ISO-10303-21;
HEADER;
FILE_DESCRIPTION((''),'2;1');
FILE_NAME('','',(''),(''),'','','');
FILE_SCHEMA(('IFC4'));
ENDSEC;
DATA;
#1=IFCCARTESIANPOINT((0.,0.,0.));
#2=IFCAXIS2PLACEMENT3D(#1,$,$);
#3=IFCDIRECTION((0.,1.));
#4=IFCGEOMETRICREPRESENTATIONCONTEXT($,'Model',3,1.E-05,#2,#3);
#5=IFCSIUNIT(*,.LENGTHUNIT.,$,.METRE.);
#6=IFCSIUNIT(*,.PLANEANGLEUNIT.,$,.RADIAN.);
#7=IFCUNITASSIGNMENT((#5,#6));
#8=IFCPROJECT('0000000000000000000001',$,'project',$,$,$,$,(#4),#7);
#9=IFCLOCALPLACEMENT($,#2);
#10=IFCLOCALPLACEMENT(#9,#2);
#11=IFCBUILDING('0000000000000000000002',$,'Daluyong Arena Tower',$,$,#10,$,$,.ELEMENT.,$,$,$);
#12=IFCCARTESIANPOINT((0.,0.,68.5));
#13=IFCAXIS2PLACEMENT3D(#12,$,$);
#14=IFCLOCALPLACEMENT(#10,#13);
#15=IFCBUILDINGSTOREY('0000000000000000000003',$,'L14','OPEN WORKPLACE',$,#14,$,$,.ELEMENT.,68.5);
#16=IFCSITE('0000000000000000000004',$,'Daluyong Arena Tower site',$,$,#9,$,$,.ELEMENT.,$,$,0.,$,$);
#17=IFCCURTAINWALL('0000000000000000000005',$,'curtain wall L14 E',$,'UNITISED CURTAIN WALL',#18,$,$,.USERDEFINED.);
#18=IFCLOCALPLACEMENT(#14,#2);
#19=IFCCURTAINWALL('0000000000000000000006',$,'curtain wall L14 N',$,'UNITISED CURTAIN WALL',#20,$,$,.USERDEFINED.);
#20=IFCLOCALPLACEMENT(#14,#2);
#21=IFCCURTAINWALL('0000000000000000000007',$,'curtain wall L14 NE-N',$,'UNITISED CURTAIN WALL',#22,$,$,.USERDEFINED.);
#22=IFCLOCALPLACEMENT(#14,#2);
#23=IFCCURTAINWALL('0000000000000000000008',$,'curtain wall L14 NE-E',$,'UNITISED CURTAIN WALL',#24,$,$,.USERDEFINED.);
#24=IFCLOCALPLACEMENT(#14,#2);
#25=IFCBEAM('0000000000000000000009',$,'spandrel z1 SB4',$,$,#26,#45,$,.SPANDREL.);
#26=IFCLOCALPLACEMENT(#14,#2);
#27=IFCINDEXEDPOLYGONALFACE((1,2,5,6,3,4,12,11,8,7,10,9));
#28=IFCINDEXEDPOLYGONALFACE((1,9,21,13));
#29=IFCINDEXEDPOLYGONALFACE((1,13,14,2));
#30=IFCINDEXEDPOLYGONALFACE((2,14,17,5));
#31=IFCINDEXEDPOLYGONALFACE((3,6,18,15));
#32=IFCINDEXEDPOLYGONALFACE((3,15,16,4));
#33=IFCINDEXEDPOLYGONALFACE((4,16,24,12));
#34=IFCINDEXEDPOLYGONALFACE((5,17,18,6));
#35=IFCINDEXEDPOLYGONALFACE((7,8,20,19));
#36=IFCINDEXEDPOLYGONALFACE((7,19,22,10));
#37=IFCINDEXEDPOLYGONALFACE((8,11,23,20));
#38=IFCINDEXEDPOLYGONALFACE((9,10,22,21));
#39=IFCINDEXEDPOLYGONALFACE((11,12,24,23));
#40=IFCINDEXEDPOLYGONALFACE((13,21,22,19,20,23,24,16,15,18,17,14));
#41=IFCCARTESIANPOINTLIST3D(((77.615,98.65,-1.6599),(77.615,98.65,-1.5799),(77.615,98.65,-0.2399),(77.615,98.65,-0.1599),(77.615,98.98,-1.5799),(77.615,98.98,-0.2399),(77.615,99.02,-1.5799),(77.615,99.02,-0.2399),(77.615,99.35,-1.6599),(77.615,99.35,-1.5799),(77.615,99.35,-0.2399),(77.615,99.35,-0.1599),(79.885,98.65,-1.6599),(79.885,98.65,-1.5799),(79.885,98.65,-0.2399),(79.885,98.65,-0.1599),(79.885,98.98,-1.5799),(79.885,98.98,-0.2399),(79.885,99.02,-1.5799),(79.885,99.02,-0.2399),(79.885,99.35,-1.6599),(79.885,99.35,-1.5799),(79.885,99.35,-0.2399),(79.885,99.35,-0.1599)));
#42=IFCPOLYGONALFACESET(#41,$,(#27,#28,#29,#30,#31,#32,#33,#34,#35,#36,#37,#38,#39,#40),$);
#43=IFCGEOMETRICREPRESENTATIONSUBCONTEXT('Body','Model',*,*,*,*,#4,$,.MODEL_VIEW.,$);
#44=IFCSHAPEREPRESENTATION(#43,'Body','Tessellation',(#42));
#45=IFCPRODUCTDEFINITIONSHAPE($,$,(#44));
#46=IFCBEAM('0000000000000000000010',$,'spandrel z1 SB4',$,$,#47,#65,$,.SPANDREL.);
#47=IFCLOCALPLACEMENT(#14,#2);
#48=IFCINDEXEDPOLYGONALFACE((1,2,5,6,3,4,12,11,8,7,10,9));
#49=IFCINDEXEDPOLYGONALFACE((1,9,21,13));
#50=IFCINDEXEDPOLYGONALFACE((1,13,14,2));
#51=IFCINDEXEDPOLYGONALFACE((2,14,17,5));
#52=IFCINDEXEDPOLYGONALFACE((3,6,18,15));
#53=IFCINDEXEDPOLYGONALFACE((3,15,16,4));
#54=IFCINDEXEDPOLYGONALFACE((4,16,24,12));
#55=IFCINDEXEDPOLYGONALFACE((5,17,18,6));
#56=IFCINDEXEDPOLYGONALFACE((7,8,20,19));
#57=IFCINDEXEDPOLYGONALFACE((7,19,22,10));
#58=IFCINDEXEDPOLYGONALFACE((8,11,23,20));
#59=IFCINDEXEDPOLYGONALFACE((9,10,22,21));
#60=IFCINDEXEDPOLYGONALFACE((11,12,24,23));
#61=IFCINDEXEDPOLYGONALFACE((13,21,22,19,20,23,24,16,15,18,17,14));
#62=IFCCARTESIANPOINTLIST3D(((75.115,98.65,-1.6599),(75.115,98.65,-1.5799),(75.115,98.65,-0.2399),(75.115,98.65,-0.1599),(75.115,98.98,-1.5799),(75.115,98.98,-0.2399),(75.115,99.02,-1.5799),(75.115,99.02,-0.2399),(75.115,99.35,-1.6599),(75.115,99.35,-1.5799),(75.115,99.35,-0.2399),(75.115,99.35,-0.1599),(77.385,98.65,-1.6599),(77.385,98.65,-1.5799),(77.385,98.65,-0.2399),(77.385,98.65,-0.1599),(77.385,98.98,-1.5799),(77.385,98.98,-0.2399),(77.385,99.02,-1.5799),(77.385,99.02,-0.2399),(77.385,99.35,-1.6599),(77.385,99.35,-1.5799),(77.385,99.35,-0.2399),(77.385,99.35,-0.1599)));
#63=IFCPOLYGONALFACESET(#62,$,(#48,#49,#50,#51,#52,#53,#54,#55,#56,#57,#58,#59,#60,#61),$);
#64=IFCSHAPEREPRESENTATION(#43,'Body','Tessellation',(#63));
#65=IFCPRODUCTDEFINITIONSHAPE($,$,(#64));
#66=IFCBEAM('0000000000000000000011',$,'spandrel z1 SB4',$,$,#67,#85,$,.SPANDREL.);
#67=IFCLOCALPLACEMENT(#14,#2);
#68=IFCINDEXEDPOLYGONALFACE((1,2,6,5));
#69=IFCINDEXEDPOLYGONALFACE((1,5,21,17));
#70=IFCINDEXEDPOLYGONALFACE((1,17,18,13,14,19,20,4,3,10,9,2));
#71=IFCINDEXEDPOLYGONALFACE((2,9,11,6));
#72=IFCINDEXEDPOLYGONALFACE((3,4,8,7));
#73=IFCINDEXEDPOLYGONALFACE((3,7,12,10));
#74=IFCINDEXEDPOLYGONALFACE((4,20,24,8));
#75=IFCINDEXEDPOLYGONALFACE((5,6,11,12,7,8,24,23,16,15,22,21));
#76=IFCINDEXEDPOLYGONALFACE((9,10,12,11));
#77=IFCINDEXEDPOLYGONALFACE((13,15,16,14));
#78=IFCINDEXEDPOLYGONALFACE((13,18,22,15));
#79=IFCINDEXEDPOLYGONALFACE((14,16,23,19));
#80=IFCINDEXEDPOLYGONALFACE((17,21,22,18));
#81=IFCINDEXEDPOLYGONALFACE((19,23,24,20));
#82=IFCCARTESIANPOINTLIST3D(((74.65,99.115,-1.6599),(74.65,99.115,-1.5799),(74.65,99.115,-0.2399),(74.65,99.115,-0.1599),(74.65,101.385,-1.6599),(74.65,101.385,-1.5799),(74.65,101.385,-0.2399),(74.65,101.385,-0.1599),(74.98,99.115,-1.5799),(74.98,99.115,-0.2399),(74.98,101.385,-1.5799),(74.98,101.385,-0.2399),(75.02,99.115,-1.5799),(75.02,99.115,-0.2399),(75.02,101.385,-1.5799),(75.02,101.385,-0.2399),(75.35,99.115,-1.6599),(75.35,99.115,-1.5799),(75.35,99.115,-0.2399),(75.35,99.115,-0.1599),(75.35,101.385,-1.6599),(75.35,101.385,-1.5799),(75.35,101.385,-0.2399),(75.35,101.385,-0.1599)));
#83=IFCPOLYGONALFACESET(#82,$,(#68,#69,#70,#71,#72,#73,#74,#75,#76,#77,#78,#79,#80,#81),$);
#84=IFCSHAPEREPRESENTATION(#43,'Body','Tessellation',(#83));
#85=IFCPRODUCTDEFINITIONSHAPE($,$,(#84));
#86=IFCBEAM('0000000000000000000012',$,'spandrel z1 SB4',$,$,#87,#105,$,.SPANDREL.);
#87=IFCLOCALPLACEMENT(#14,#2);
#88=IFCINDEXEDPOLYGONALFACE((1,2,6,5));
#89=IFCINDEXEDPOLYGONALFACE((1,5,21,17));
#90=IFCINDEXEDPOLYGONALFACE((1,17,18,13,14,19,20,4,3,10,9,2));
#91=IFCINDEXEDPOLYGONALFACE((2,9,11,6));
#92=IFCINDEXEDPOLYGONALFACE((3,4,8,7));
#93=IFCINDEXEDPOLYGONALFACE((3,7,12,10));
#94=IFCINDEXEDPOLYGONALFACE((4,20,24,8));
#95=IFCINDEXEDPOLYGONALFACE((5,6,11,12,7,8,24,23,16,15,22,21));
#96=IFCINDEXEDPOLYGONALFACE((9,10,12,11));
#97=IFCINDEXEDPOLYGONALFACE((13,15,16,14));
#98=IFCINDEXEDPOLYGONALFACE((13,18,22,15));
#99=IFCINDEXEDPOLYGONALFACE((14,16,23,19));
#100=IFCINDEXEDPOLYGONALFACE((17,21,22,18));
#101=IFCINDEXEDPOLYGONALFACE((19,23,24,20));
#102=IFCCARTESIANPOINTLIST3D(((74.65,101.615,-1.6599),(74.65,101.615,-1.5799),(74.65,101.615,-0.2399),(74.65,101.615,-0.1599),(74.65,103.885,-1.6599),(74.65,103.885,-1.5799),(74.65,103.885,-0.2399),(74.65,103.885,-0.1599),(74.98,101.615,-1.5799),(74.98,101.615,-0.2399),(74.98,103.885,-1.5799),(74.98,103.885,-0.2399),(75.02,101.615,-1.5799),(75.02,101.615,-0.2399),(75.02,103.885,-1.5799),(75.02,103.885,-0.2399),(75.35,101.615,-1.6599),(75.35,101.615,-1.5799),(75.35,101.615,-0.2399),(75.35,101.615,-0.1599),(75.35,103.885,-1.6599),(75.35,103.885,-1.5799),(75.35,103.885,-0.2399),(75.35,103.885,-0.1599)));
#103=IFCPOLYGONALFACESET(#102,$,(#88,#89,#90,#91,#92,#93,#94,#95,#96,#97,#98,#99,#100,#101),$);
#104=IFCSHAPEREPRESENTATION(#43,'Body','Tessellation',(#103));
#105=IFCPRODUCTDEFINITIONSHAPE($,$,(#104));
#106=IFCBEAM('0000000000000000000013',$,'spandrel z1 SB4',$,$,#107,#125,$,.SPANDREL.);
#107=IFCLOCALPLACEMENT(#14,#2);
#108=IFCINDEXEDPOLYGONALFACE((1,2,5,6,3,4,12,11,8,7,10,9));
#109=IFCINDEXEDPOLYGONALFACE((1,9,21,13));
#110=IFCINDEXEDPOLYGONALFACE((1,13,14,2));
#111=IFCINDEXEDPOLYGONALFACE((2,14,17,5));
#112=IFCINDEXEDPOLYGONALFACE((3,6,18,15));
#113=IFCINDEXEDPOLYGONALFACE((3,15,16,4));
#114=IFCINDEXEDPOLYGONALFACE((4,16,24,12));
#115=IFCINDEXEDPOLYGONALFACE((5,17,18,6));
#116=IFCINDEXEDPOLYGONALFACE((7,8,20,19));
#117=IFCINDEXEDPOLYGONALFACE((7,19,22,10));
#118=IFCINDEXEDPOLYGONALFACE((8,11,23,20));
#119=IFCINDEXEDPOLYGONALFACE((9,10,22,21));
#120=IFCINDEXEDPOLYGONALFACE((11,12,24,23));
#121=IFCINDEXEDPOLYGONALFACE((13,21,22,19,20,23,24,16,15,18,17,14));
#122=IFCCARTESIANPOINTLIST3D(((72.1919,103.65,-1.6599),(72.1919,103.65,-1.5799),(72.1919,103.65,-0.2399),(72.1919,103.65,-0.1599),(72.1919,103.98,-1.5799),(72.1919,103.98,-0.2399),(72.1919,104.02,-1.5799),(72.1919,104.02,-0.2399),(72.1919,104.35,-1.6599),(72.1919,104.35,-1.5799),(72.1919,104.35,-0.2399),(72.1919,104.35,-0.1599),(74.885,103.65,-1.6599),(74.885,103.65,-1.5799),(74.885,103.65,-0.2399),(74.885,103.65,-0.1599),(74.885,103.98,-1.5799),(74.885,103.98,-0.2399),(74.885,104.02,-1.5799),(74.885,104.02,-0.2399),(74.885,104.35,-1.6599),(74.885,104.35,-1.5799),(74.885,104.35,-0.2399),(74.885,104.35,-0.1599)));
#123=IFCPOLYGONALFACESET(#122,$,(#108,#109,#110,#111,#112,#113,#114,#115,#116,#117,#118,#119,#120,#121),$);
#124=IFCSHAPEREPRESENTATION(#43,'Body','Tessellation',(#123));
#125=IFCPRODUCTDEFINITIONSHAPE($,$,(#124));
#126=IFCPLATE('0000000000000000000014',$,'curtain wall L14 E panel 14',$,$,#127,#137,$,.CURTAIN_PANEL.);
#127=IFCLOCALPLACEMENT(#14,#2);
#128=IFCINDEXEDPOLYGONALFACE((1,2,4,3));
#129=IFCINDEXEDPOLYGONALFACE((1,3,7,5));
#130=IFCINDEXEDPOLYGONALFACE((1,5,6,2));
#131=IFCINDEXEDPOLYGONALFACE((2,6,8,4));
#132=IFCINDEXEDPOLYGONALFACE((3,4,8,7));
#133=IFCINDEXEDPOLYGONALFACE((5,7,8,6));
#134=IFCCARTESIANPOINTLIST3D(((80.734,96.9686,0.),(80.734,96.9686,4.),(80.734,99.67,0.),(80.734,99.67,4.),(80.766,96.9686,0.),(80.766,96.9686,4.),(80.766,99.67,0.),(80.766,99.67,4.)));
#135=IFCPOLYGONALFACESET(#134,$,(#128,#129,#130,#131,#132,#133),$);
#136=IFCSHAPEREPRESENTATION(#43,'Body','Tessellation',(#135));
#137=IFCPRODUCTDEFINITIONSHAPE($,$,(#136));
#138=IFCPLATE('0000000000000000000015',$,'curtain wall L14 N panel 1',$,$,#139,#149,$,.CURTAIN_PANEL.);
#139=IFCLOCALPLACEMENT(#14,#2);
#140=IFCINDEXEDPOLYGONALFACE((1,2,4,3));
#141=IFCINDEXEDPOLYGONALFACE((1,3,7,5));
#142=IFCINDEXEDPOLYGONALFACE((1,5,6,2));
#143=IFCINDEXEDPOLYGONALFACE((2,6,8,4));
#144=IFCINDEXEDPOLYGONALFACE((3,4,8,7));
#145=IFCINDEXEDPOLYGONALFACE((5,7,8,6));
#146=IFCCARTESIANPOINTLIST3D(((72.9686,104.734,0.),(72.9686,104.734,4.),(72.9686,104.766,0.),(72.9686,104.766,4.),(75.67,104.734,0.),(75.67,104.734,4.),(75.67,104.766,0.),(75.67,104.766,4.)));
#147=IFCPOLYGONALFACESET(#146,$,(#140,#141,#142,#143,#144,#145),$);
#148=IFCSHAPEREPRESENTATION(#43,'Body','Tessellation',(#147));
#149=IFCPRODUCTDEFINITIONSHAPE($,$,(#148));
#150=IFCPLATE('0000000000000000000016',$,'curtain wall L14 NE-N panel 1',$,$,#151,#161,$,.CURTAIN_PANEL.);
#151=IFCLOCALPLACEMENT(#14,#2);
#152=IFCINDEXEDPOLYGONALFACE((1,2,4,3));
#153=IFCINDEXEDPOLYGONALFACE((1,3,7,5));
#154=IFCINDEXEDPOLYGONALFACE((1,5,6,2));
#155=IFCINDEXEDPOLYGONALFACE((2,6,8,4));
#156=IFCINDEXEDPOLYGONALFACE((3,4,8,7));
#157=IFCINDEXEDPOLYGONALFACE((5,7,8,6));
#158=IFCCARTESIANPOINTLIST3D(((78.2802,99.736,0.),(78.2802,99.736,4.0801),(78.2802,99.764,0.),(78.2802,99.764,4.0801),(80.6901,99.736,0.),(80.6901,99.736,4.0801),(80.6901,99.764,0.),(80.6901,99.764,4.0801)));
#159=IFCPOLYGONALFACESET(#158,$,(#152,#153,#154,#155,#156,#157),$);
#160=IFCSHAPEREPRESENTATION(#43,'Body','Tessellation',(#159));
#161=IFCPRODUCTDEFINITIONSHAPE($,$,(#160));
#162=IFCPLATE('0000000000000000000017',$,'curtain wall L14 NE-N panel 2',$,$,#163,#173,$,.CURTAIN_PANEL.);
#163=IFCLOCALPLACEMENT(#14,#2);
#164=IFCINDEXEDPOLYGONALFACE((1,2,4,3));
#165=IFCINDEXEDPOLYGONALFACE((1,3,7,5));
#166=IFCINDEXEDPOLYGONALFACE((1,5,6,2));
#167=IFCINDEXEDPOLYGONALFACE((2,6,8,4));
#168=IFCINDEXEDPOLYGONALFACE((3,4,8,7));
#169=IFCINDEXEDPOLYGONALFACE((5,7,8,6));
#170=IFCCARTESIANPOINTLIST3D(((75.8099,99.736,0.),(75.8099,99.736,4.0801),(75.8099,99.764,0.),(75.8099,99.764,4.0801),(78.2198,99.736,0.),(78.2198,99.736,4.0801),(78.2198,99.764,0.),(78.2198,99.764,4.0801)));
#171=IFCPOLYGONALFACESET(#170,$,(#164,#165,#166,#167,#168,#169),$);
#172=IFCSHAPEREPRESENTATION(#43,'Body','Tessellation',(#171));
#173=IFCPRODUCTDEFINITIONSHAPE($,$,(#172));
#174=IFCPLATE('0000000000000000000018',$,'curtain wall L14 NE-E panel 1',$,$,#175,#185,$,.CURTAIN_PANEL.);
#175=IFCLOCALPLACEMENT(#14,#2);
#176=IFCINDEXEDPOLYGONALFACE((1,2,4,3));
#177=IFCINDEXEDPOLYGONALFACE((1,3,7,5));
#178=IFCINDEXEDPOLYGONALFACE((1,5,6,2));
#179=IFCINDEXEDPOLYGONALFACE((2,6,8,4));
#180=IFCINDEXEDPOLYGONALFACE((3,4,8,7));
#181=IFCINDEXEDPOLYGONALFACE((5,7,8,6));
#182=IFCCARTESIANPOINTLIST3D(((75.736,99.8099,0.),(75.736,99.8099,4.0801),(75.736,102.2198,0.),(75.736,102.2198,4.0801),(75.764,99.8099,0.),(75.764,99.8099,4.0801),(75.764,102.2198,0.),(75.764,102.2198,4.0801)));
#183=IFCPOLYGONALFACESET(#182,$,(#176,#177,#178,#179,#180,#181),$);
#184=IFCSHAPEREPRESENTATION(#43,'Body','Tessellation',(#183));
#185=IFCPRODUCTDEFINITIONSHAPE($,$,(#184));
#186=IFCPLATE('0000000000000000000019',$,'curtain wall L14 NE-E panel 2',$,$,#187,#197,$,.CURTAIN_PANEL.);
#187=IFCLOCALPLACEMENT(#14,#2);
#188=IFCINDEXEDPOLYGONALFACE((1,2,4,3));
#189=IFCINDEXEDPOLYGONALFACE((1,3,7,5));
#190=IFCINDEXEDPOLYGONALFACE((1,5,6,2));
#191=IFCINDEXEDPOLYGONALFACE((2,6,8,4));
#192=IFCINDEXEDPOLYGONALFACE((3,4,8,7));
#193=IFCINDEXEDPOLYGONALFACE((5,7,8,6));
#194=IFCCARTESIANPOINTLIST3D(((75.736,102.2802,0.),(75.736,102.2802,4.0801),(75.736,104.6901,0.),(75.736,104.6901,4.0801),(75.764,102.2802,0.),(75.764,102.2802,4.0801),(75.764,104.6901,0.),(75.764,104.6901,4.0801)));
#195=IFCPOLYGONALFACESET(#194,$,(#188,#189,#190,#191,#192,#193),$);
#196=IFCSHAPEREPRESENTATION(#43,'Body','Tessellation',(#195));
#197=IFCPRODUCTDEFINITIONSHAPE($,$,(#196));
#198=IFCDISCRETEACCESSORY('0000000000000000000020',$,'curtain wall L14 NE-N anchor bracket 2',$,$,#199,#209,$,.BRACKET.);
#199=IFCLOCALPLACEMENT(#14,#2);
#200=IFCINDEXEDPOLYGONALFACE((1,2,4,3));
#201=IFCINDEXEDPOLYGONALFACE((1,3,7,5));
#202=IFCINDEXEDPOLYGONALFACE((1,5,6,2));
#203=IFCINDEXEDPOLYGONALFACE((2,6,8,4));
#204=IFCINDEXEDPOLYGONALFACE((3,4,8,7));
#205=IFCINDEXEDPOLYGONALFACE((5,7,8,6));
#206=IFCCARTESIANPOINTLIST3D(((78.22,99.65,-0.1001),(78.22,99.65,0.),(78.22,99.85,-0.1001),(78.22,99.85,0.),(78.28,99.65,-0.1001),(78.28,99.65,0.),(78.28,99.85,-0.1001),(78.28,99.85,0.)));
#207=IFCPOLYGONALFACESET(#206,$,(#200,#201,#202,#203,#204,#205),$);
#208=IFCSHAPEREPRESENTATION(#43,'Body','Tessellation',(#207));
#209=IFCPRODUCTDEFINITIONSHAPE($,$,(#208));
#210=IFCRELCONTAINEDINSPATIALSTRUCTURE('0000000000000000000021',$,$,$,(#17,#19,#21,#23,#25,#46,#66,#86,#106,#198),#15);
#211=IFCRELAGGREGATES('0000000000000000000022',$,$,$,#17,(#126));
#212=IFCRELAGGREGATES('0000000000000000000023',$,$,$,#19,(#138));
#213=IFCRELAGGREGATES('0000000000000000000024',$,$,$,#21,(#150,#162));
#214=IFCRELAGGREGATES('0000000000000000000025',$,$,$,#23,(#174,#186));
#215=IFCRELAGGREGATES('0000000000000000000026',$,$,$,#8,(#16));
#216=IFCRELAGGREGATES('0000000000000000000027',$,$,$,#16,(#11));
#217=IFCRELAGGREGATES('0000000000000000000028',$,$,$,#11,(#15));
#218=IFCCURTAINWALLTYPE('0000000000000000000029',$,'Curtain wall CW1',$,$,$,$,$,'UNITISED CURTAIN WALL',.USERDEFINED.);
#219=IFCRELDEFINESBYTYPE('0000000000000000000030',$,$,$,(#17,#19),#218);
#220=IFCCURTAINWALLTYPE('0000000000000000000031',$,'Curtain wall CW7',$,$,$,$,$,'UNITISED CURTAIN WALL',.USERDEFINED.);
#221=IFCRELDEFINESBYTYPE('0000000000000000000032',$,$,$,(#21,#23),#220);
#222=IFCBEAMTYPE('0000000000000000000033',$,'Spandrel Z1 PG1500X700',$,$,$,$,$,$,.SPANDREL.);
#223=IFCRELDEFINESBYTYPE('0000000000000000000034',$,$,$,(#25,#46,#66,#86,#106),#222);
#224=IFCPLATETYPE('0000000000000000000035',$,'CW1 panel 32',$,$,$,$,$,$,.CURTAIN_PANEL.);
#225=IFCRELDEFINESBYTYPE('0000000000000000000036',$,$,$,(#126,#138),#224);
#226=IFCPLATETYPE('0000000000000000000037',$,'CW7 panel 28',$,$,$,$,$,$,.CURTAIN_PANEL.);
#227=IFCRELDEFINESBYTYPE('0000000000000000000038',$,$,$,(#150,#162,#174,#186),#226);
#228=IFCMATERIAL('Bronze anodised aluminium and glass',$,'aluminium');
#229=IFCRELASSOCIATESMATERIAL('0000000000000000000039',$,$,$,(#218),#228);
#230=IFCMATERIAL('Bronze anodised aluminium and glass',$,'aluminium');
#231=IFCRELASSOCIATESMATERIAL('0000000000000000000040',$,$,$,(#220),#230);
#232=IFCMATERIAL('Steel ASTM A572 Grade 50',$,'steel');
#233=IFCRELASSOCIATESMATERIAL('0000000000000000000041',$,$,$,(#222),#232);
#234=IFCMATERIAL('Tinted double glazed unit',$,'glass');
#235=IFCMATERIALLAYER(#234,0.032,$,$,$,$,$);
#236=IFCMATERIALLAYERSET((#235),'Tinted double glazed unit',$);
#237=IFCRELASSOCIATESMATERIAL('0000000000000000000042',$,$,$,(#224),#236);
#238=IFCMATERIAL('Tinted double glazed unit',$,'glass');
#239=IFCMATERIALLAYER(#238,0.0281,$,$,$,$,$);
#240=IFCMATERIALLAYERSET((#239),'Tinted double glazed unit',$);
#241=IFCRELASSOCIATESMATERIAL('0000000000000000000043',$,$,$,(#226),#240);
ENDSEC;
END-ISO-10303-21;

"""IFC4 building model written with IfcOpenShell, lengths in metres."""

from ifc_helpers import new_model, si_unit, direction, frame, origin, origin_2d, place, context, subcontext, project, spatial, rectangle, i_section, extrude, material, layer, layer_set, material_profile, profile_set, type_object, element, aggregate, save


model = new_model("IFC4")

# Units and contexts
model_context = context("Model", 3, precision=1e-05, world=origin(), true_north=direction((0.0, 1.0)))
body_context = subcontext(model_context, "Body", "Model", "MODEL_VIEW")
ifc_project = project(units=[si_unit("LENGTHUNIT", "METRE"), si_unit("PLANEANGLEUNIT", "RADIAN")], contexts=[model_context])

# Site, building, storey
site_placement = place(None, origin())
site = spatial("IfcSite", under=ifc_project, at=site_placement, Name="Daluyong Arena Tower site", CompositionType="ELEMENT", RefElevation=0.0)
building_placement = place(site_placement, origin())
building = spatial("IfcBuilding", under=site, at=building_placement, Name="Daluyong Arena Tower", CompositionType="ELEMENT")
storey_placement = place(building_placement, frame((0.0, 0.0, 68.5)))
storey = spatial("IfcBuildingStorey", under=building, at=storey_placement, Name="L14", Description="OPEN WORKPLACE", CompositionType="ELEMENT", Elevation=68.5)

# Curtain walls
ifc_material_1 = material(Name="Bronze anodised aluminium and glass", Category="aluminium")
curtain_wall_type_1 = type_object("IfcCurtainWallType", Name="Curtain wall CW1", ElementType="UNITISED CURTAIN WALL", PredefinedType="USERDEFINED", material=ifc_material_1)
curtain_wall_1_placement = place(storey_placement, origin())
curtain_wall_1 = element("IfcCurtainWall", 1, at=curtain_wall_1_placement, inside=storey, type_object=curtain_wall_type_1, Name="curtain wall L14 E", ObjectType="UNITISED CURTAIN WALL", PredefinedType="USERDEFINED")
curtain_wall_2_placement = place(storey_placement, origin())
curtain_wall_2 = element("IfcCurtainWall", 2, at=curtain_wall_2_placement, inside=storey, type_object=curtain_wall_type_1, Name="curtain wall L14 N", ObjectType="UNITISED CURTAIN WALL", PredefinedType="USERDEFINED")

# Curtain walls
ifc_material_2 = material(Name="Bronze anodised aluminium and glass", Category="aluminium")
curtain_wall_type_2 = type_object("IfcCurtainWallType", Name="Curtain wall CW7", ElementType="UNITISED CURTAIN WALL", PredefinedType="USERDEFINED", material=ifc_material_2)
curtain_wall_3_placement = place(storey_placement, origin())
curtain_wall_3 = element("IfcCurtainWall", 3, at=curtain_wall_3_placement, inside=storey, type_object=curtain_wall_type_2, Name="curtain wall L14 NE-N", ObjectType="UNITISED CURTAIN WALL", PredefinedType="USERDEFINED")
curtain_wall_4_placement = place(storey_placement, origin())
curtain_wall_4 = element("IfcCurtainWall", 4, at=curtain_wall_4_placement, inside=storey, type_object=curtain_wall_type_2, Name="curtain wall L14 NE-E", ObjectType="UNITISED CURTAIN WALL", PredefinedType="USERDEFINED")

# Beams
ifc_material_3 = material(Name="Steel ASTM A572 Grade 50", Category="steel")
ifc_material_profile_1 = material_profile(ifc_material_3, i_section(OverallWidth=0.7, OverallDepth=1.5, WebThickness=0.04, FlangeThickness=0.08, at=origin_2d()))
ifc_profile_set_1 = profile_set([ifc_material_profile_1], Name="Steel ASTM A572 Grade 50")
beam_type_1 = type_object("IfcBeamType", Name="Spandrel Z1 PG1500X700", PredefinedType="SPANDREL", material=ifc_profile_set_1)
for number, where, z_axis, x_axis, name in (
    (5, (79.885, 99.0, -0.9099), (-1.0, 0.0, 0.0), (0.0, -1.0, 0.0), "spandrel z1 SB4"),
    (6, (77.385, 99.0, -0.9099), (-1.0, 0.0, 0.0), (0.0, -1.0, 0.0), "spandrel z1 SB4"),
    (7, (75.0, 99.115, -0.9099), (0.0, 1.0, 0.0), (-1.0, 0.0, 0.0), "spandrel z1 SB4"),
    (8, (75.0, 101.615, -0.9099), (0.0, 1.0, 0.0), (-1.0, 0.0, 0.0), "spandrel z1 SB4"),
):
    element("IfcBeam", number, at=place(storey_placement, frame(where, z_axis=z_axis, x_axis=x_axis)), inside=storey, type_object=beam_type_1, Name=name, PredefinedType="SPANDREL", context=body_context, shape_type="SweptSolid", body=[
        extrude(i_section(OverallWidth=0.7, OverallDepth=1.5, WebThickness=0.04, FlangeThickness=0.08, at=origin_2d()), origin(), (0.0, 0.0, 1.0), 2.27),
    ])
beam_1_placement = place(storey_placement, frame((74.885, 104.0, -0.9099), z_axis=(-1.0, 0.0, 0.0), x_axis=(0.0, -1.0, 0.0)))
element("IfcBeam", 9, at=beam_1_placement, inside=storey, type_object=beam_type_1, Name="spandrel z1 SB4", PredefinedType="SPANDREL", context=body_context, shape_type="SweptSolid", body=[
    extrude(i_section(OverallWidth=0.7, OverallDepth=1.5, WebThickness=0.04, FlangeThickness=0.08, at=origin_2d()), origin(), (0.0, 0.0, 1.0), 2.6931),
])

# Plates
ifc_material_4 = material(Name="Tinted double glazed unit", Category="glass")
ifc_layer_1 = layer(ifc_material_4, 0.032)
ifc_layer_set_1 = layer_set([ifc_layer_1], Name="Tinted double glazed unit")
plate_type_1 = type_object("IfcPlateType", Name="CW1 panel 32", PredefinedType="CURTAIN_PANEL", material=ifc_layer_set_1)
plate_1_placement = place(storey_placement, frame((80.75, 98.3193, 0.0), z_axis=(0.0, 0.0, 1.0), x_axis=(0.0, 1.0, 0.0)))
plate_1 = element("IfcPlate", 10, at=plate_1_placement, type_object=plate_type_1, Name="curtain wall L14 E panel 14", PredefinedType="CURTAIN_PANEL", context=body_context, shape_type="SweptSolid", body=[
    extrude(rectangle(XDim=2.7014, YDim=0.032, at=origin_2d()), origin(), (0.0, 0.0, 1.0), 4.0),
])
aggregate(curtain_wall_1, [plate_1])
plate_2_placement = place(storey_placement, frame((74.3193, 104.75, 0.0), z_axis=(0.0, 0.0, 1.0), x_axis=(-1.0, 0.0, 0.0)))
plate_2 = element("IfcPlate", 11, at=plate_2_placement, type_object=plate_type_1, Name="curtain wall L14 N panel 1", PredefinedType="CURTAIN_PANEL", context=body_context, shape_type="SweptSolid", body=[
    extrude(rectangle(XDim=2.7014, YDim=0.032, at=origin_2d()), origin(), (0.0, 0.0, 1.0), 4.0),
])
aggregate(curtain_wall_2, [plate_2])
ifc_material_5 = material(Name="Tinted double glazed unit", Category="glass")
ifc_layer_2 = layer(ifc_material_5, 0.0281)
ifc_layer_set_2 = layer_set([ifc_layer_2], Name="Tinted double glazed unit")
plate_type_2 = type_object("IfcPlateType", Name="CW7 panel 28", PredefinedType="CURTAIN_PANEL", material=ifc_layer_set_2)
plate_3_placement = place(storey_placement, frame((79.4851, 99.75, 0.0), z_axis=(0.0, 0.0, 1.0), x_axis=(-1.0, 0.0, 0.0)))
plate_3 = element("IfcPlate", 12, at=plate_3_placement, type_object=plate_type_2, Name="curtain wall L14 NE-N panel 1", PredefinedType="CURTAIN_PANEL", context=body_context, shape_type="SweptSolid", body=[
    extrude(rectangle(XDim=2.4099, YDim=0.0281, at=origin_2d()), origin(), (0.0, 0.0, 1.0), 4.0801),
])
plate_4_placement = place(storey_placement, frame((77.0149, 99.75, 0.0), z_axis=(0.0, 0.0, 1.0), x_axis=(-1.0, 0.0, 0.0)))
plate_4 = element("IfcPlate", 13, at=plate_4_placement, type_object=plate_type_2, Name="curtain wall L14 NE-N panel 2", PredefinedType="CURTAIN_PANEL", context=body_context, shape_type="SweptSolid", body=[
    extrude(rectangle(XDim=2.4099, YDim=0.0281, at=origin_2d()), origin(), (0.0, 0.0, 1.0), 4.0801),
])
aggregate(curtain_wall_3, [plate_3, plate_4])
plate_5_placement = place(storey_placement, frame((75.75, 101.0149, 0.0), z_axis=(0.0, 0.0, 1.0), x_axis=(0.0, 1.0, 0.0)))
plate_5 = element("IfcPlate", 14, at=plate_5_placement, type_object=plate_type_2, Name="curtain wall L14 NE-E panel 1", PredefinedType="CURTAIN_PANEL", context=body_context, shape_type="SweptSolid", body=[
    extrude(rectangle(XDim=2.4099, YDim=0.0281, at=origin_2d()), origin(), (0.0, 0.0, 1.0), 4.0801),
])
plate_6_placement = place(storey_placement, frame((75.75, 103.4851, 0.0), z_axis=(0.0, 0.0, 1.0), x_axis=(0.0, 1.0, 0.0)))
plate_6 = element("IfcPlate", 15, at=plate_6_placement, type_object=plate_type_2, Name="curtain wall L14 NE-E panel 2", PredefinedType="CURTAIN_PANEL", context=body_context, shape_type="SweptSolid", body=[
    extrude(rectangle(XDim=2.4099, YDim=0.0281, at=origin_2d()), origin(), (0.0, 0.0, 1.0), 4.0801),
])
aggregate(curtain_wall_4, [plate_5, plate_6])

# Discrete accessory
for number, where, z_axis, x_axis, name in (
    (16, (78.25, 99.75, -0.1001), (0.0, 0.0, 1.0), (-1.0, 0.0, 0.0), "curtain wall L14 NE-N anchor bracket 2"),
):
    element("IfcDiscreteAccessory", number, at=place(storey_placement, frame(where, z_axis=z_axis, x_axis=x_axis)), inside=storey, Name=name, PredefinedType="BRACKET", context=body_context, shape_type="SweptSolid", body=[
        extrude(rectangle(XDim=0.0601, YDim=0.2, at=origin_2d()), origin(), (0.0, 0.0, 1.0), 0.1001),
    ])

save(model, "model.ifc")
